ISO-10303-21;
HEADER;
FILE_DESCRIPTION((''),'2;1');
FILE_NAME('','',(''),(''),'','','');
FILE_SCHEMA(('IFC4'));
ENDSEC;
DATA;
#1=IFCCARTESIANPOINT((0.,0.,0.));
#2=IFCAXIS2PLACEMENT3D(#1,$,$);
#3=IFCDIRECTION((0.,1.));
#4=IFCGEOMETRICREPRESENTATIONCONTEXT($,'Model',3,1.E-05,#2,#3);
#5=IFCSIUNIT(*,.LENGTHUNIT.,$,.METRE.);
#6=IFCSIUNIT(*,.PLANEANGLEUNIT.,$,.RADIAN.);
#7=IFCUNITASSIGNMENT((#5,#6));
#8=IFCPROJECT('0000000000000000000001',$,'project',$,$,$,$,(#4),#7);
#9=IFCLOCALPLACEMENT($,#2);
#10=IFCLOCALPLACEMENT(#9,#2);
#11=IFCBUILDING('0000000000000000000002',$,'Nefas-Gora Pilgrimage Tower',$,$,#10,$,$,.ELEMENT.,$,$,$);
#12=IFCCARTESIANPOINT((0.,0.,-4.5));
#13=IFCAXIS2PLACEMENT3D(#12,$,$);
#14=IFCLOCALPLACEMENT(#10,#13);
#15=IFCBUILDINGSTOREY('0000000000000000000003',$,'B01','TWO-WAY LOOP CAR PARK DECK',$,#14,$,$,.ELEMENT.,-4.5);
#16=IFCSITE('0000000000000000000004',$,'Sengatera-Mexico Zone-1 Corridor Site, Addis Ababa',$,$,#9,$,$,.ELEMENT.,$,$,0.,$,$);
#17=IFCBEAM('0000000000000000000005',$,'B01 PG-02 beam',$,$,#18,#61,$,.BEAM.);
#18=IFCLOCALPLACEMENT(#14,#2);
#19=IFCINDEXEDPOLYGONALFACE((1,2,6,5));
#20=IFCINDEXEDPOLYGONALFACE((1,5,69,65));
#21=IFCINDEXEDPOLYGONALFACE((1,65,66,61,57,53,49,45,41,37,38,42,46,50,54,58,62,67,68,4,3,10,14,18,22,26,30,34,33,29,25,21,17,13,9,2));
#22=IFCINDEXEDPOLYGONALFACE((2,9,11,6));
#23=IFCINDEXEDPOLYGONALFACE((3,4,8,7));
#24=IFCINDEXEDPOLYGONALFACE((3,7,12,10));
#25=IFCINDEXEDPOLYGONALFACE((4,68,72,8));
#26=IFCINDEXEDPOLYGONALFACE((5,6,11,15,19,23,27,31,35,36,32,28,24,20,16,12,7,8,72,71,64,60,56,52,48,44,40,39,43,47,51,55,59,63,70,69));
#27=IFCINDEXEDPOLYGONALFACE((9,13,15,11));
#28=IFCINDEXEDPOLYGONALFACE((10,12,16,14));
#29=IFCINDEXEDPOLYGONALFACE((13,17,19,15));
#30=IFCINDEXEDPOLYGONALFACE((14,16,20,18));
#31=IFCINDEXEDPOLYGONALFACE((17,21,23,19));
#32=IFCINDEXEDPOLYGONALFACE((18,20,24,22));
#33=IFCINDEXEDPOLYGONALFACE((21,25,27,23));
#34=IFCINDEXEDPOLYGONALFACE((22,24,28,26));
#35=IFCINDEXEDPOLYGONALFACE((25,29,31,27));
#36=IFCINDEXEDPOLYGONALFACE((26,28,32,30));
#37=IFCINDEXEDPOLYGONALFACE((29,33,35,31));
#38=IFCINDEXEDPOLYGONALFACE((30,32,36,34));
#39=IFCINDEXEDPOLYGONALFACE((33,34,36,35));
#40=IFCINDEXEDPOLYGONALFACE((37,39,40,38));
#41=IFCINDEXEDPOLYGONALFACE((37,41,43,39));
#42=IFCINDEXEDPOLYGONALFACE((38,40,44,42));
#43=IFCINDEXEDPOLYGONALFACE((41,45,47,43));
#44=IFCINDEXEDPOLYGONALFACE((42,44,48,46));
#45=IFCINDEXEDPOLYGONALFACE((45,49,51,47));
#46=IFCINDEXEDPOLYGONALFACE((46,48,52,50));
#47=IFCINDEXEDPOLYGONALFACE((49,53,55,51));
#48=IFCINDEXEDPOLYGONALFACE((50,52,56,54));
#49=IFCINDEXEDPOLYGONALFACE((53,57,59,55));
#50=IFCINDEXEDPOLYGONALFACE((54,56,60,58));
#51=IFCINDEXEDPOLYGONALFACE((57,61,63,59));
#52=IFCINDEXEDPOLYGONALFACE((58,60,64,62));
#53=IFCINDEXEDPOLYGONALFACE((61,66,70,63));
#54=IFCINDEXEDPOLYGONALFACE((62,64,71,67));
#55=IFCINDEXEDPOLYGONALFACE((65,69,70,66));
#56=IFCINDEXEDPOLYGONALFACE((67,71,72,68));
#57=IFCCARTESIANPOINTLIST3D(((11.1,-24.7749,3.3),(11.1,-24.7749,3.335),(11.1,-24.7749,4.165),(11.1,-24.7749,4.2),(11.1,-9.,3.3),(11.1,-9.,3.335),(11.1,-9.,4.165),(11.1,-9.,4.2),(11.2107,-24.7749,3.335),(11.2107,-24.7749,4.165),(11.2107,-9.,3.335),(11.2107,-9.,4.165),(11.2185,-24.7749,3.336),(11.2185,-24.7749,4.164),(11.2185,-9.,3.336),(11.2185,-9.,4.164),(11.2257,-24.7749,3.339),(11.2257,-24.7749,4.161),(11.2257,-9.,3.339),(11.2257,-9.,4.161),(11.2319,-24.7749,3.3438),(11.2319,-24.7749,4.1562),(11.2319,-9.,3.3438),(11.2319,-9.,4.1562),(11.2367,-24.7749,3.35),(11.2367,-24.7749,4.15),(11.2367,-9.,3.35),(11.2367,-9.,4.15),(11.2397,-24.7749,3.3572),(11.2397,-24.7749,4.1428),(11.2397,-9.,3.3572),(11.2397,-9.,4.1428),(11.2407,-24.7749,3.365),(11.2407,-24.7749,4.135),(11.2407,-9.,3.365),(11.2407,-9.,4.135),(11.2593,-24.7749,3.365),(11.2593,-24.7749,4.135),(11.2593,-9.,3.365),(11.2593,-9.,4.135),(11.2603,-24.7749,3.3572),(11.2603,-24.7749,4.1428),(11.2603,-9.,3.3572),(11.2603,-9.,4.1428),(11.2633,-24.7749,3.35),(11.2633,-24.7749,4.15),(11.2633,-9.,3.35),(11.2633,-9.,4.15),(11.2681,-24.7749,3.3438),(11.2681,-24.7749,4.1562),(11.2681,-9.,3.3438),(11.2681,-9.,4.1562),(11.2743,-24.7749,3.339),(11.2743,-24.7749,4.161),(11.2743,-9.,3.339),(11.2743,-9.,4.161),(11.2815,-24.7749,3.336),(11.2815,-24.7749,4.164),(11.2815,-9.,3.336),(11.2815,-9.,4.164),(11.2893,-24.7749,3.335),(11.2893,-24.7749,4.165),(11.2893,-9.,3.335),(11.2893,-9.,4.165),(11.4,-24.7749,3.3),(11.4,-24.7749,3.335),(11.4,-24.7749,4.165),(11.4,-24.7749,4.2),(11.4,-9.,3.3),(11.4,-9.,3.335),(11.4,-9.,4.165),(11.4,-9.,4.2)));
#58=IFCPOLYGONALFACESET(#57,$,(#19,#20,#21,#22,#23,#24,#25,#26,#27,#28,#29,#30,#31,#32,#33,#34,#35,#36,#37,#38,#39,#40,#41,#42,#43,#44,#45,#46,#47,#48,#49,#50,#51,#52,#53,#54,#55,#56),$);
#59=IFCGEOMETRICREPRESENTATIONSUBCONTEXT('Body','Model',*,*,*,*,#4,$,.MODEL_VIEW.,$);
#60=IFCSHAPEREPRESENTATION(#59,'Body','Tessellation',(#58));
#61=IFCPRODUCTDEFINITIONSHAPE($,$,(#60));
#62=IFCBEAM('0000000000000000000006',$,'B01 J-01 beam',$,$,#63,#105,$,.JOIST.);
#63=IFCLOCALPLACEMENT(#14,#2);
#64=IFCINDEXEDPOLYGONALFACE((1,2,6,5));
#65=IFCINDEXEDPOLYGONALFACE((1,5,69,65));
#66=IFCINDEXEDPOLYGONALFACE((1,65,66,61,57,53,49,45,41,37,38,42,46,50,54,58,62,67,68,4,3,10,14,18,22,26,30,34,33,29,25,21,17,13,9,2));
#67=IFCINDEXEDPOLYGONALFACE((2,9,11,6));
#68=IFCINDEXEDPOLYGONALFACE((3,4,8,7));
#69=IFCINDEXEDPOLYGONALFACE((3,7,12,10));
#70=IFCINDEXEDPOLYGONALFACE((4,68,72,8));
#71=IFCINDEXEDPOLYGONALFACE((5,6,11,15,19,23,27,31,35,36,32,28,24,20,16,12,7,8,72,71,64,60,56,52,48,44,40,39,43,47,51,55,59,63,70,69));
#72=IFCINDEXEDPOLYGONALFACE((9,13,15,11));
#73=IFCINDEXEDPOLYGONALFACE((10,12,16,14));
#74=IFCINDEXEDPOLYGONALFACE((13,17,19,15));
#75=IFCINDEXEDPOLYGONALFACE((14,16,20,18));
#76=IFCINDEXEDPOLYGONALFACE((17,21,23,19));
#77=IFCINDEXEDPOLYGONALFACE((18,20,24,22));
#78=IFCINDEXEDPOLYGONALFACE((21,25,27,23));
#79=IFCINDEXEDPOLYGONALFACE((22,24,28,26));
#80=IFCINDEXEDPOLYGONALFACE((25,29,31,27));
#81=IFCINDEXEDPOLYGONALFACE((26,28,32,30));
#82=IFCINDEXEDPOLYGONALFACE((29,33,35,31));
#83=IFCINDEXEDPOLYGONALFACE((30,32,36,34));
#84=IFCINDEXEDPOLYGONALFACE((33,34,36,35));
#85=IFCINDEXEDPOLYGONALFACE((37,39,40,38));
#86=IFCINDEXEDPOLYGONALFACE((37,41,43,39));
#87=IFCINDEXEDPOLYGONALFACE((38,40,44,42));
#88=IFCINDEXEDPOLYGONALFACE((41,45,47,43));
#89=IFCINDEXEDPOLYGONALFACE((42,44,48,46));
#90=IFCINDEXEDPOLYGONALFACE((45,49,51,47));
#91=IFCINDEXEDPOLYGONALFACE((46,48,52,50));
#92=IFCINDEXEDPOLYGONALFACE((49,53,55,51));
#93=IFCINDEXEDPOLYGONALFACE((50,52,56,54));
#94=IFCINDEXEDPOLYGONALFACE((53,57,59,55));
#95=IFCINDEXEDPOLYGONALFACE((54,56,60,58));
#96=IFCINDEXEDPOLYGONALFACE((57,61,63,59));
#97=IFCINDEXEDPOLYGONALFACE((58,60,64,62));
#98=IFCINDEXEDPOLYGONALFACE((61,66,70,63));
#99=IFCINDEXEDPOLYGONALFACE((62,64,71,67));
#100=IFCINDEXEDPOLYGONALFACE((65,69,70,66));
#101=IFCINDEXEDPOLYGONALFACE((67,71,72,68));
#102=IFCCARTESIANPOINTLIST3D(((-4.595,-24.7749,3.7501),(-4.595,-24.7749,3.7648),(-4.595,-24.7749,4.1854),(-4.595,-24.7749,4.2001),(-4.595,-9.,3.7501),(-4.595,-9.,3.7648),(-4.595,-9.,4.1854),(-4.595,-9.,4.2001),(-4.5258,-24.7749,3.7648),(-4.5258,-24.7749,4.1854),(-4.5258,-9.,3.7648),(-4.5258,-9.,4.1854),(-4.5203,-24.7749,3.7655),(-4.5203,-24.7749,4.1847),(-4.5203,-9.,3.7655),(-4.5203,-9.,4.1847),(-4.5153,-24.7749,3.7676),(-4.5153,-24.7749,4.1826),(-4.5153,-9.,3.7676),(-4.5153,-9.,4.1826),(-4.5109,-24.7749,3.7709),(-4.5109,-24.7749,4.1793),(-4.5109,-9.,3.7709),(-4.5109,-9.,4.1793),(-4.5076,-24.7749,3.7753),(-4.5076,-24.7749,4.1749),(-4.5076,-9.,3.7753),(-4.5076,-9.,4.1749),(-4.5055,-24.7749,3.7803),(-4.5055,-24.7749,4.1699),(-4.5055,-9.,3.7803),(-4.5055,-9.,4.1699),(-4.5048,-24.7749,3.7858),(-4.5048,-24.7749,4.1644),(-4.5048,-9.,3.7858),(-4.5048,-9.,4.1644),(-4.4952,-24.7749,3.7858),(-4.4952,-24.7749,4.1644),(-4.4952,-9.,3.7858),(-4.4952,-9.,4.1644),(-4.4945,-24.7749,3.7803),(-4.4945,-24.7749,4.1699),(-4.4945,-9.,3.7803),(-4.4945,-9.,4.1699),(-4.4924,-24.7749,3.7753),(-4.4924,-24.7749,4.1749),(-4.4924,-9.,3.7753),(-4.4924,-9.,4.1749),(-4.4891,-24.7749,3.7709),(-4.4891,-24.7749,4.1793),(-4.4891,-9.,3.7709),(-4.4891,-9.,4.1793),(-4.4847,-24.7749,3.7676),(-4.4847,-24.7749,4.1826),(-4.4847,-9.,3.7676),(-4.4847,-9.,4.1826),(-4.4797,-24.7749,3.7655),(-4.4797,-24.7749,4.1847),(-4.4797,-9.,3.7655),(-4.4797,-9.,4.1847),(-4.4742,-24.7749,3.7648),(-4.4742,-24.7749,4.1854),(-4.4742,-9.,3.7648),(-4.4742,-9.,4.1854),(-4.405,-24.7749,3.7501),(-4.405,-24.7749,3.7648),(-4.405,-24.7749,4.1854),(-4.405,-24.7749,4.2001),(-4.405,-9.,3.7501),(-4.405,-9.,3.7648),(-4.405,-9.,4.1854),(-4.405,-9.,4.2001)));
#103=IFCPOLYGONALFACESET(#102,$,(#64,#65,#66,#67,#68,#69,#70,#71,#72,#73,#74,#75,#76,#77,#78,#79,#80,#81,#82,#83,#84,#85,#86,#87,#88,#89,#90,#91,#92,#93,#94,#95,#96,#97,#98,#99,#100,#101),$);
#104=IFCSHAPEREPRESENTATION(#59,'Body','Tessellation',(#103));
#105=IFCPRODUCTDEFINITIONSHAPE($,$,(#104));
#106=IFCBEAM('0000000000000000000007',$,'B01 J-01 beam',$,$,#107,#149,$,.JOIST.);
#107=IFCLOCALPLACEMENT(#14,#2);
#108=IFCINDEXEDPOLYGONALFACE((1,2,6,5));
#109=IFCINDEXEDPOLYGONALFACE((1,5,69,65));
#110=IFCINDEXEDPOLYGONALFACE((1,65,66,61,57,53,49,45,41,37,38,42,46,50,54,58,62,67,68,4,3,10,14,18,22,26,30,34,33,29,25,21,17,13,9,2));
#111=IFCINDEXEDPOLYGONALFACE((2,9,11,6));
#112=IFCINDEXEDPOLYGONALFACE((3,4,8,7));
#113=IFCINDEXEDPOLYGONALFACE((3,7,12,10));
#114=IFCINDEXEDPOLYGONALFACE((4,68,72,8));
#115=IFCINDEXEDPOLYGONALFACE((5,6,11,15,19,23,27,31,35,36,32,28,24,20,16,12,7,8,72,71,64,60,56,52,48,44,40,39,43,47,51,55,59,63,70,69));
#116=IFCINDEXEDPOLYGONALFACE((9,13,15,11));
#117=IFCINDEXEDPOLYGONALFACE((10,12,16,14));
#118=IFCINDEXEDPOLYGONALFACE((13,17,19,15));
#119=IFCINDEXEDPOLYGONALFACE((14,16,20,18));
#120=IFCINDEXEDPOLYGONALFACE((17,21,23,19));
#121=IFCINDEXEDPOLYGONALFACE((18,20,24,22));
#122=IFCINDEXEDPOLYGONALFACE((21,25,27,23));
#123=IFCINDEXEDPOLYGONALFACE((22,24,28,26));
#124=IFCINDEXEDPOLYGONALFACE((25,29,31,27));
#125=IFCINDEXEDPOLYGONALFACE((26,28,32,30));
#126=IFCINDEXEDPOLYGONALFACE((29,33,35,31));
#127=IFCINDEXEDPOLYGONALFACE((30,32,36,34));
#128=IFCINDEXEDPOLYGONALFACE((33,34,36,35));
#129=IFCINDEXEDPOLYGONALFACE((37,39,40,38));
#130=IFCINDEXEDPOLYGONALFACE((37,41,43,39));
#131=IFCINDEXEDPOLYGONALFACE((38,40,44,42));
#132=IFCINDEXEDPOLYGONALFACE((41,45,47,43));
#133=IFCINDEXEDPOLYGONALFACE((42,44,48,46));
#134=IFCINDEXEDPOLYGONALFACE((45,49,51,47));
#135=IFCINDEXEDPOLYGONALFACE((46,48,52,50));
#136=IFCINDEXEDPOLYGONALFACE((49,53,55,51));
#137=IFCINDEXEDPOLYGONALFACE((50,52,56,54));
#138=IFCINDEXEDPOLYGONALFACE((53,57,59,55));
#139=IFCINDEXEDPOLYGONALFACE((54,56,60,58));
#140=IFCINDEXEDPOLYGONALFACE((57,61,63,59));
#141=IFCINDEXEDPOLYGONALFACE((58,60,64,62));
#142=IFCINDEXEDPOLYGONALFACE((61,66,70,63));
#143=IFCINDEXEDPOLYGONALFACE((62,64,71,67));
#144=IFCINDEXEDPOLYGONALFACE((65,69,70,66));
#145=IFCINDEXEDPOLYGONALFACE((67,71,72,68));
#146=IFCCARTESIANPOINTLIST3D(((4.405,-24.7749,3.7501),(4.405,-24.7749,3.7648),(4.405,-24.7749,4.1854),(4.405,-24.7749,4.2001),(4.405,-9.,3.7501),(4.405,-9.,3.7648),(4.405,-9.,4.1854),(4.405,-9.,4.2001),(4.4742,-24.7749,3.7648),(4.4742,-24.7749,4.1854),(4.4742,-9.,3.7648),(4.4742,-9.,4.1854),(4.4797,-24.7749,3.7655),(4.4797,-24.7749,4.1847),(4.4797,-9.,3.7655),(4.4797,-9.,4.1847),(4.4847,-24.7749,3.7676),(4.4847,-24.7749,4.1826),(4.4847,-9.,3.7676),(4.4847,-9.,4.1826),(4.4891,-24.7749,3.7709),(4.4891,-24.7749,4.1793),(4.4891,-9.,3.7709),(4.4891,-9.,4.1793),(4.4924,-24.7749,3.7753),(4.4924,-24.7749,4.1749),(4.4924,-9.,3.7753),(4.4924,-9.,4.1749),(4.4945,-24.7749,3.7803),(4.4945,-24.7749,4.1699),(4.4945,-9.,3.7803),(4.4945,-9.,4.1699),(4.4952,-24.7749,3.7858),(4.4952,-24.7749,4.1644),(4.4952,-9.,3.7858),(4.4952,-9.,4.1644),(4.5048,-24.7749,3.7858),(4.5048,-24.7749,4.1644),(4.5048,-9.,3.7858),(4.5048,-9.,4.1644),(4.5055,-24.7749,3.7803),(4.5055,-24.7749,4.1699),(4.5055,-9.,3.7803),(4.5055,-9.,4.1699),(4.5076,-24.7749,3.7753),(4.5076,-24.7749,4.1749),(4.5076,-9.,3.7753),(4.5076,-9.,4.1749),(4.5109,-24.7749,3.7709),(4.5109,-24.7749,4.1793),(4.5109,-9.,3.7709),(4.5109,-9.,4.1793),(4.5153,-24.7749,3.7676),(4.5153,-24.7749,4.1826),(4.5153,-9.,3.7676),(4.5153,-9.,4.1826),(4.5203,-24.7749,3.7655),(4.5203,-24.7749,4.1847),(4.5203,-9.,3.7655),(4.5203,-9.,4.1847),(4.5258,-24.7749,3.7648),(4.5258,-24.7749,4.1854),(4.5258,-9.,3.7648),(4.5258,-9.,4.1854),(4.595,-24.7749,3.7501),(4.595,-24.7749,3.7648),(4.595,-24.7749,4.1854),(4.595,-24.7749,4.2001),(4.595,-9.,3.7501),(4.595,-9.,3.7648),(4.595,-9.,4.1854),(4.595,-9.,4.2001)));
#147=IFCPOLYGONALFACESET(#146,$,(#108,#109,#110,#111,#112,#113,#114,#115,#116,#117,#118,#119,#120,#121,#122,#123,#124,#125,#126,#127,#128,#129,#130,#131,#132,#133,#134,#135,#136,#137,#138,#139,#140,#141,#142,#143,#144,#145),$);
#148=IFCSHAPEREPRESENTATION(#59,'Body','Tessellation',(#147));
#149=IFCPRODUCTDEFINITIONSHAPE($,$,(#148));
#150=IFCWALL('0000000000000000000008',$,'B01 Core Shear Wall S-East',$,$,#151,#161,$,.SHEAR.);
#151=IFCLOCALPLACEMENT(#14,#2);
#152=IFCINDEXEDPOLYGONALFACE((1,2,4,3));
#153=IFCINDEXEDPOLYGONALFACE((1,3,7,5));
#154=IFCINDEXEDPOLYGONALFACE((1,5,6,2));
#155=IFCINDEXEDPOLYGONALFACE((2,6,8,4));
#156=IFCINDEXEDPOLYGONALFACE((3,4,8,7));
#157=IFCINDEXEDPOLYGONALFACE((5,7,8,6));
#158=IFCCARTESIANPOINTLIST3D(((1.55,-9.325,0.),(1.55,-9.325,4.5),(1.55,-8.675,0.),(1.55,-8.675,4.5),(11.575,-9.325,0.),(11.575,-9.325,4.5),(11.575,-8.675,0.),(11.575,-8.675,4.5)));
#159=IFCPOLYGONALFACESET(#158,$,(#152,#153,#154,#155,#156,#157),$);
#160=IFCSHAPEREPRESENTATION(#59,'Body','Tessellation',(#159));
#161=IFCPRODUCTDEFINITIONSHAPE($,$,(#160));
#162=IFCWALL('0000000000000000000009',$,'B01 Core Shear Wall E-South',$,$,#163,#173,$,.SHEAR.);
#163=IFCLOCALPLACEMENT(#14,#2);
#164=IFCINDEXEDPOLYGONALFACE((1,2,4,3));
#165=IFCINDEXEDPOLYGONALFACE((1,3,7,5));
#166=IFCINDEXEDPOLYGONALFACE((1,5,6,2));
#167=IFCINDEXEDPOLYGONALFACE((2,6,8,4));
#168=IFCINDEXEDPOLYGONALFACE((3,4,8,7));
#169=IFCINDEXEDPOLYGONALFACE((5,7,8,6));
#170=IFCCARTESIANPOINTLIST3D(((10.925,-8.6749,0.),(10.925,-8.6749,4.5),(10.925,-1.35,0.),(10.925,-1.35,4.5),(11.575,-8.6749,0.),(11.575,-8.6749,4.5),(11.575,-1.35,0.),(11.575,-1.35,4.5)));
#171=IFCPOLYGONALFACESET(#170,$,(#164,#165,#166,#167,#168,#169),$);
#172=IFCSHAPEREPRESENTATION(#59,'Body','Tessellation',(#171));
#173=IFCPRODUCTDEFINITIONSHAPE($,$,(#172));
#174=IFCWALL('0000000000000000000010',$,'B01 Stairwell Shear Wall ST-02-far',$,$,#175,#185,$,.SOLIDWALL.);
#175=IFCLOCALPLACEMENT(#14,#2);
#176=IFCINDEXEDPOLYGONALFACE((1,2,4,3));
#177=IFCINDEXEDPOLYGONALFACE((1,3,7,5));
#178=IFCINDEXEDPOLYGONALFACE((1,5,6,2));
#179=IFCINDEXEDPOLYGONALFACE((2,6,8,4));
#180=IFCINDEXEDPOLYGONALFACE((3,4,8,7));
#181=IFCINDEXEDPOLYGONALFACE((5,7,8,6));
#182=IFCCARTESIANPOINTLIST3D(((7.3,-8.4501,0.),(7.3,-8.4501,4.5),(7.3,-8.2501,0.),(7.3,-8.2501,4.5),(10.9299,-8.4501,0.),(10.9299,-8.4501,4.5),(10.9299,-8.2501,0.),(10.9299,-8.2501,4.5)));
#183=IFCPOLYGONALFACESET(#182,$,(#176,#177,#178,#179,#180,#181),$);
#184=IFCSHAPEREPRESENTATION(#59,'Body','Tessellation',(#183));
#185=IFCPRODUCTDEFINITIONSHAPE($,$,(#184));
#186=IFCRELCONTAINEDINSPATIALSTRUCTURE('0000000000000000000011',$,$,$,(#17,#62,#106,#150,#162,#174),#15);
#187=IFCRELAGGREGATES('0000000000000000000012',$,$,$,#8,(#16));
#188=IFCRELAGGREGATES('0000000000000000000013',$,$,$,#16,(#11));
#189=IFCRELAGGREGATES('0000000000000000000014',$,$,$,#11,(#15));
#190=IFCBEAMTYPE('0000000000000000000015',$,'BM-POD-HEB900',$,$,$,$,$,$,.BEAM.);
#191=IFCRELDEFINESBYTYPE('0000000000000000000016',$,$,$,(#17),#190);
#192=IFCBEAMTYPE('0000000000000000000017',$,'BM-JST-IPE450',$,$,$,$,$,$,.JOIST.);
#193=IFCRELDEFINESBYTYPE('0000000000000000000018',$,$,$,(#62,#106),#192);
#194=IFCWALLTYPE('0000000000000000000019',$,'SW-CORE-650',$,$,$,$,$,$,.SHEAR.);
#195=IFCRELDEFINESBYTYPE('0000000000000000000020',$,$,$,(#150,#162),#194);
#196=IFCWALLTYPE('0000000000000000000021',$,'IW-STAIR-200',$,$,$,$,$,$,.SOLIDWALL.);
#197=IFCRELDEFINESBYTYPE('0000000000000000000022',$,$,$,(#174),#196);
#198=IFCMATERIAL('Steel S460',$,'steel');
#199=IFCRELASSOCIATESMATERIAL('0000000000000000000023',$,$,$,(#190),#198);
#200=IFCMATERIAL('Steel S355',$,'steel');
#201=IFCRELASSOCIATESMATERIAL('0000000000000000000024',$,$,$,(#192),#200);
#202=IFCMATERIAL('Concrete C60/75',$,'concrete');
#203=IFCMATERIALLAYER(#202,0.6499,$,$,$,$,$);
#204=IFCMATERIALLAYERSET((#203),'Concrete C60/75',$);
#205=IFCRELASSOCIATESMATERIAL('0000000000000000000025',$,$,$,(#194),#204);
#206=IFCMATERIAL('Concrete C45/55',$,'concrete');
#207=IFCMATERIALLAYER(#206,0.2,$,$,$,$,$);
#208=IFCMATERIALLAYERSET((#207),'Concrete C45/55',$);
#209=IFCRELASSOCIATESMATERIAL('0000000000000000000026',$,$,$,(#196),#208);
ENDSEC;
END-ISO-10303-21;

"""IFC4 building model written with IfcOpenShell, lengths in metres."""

from ifc_helpers import new_model, si_unit, direction, frame, frame_2d, origin, origin_2d, place, context, subcontext, project, spatial, rectangle, i_section, extrude, source, transform, mapped, material, layer, layer_set, material_profile, profile_set, type_object, element, save


model = new_model("IFC4")

# Units and contexts
model_context = context("Model", 3, precision=1e-05, world=origin(), true_north=direction((0.0, 1.0)))
body_context = subcontext(model_context, "Body", "Model", "MODEL_VIEW")
ifc_project = project(units=[si_unit("LENGTHUNIT", "METRE"), si_unit("PLANEANGLEUNIT", "RADIAN")], contexts=[model_context])

# Site, building, storey
site_placement = place(None, origin())
site = spatial("IfcSite", under=ifc_project, at=site_placement, Name="Sengatera-Mexico Zone-1 Corridor Site, Addis Ababa", CompositionType="ELEMENT", RefElevation=0.0)
building_placement = place(site_placement, origin())
building = spatial("IfcBuilding", under=site, at=building_placement, Name="Nefas-Gora Pilgrimage Tower", CompositionType="ELEMENT")
storey_placement = place(building_placement, frame((0.0, 0.0, -4.5)))
storey = spatial("IfcBuildingStorey", under=building, at=storey_placement, Name="B01", Description="TWO-WAY LOOP CAR PARK DECK", CompositionType="ELEMENT", Elevation=-4.5)

# Shared definitions
ifc_material_1 = material(Name="Steel S460", Category="steel")
ifc_material_2 = material(Name="Concrete C60/75", Category="concrete")

# Beams
ifc_material_profile_1 = material_profile(ifc_material_1, i_section(OverallWidth=0.3, OverallDepth=0.8999, WebThickness=0.0186, FlangeThickness=0.0349, FilletRadius=0.03, at=origin_2d()), Name="HEB 900")
ifc_profile_set_1 = profile_set([ifc_material_profile_1], Name="Steel S460")
beam_type_1 = type_object("IfcBeamType", Name="BM-POD-HEB900", PredefinedType="BEAM", material=ifc_profile_set_1)
shared_shape_1 = source(origin(), body_context, "Body", "SweptSolid", [
    extrude(i_section(OverallWidth=0.3, OverallDepth=0.8999, WebThickness=0.0186, FlangeThickness=0.0349, FilletRadius=0.03, at=origin_2d()), origin(), (0.0, 0.0, 1.0), 15.7749),
])
beam_1_placement = place(storey_placement, frame((11.25, -24.7749, 3.75), z_axis=(0.0, 1.0, 0.0), x_axis=(-1.0, 0.0, 0.0)))
element("IfcBeam", 1, at=beam_1_placement, inside=storey, type_object=beam_type_1, Name="B01 PG-02 beam", PredefinedType="BEAM", context=body_context, shape_type="MappedRepresentation", body=[
    mapped(shared_shape_1, transform((0.0, 0.0, 0.0), x_axis=(1.0, 0.0, 0.0), y_axis=(0.0, 1.0, 0.0), z_axis=(0.0, 0.0, 1.0), scale=1.0)),
])
ifc_material_3 = material(Name="Steel S355", Category="steel")
ifc_material_profile_2 = material_profile(ifc_material_3, i_section(OverallWidth=0.1899, OverallDepth=0.45, WebThickness=0.0095, FlangeThickness=0.0146, FilletRadius=0.021, at=origin_2d()), Name="IPE 450")
ifc_profile_set_2 = profile_set([ifc_material_profile_2], Name="Steel S355")
beam_type_2 = type_object("IfcBeamType", Name="BM-JST-IPE450", PredefinedType="JOIST", material=ifc_profile_set_2)
shared_shape_2 = source(origin(), body_context, "Body", "SweptSolid", [
    extrude(i_section(OverallWidth=0.1899, OverallDepth=0.45, WebThickness=0.0095, FlangeThickness=0.0146, FilletRadius=0.021, at=origin_2d()), origin(), (0.0, 0.0, 1.0), 15.7749),
])
for number, where, z_axis, x_axis, name in (
    (2, (-4.5, -24.7749, 3.9751), (0.0, 1.0, 0.0), (-1.0, 0.0, 0.0), "B01 J-01 beam"),
    (3, (4.5, -24.7749, 3.9751), (0.0, 1.0, 0.0), (-1.0, 0.0, 0.0), "B01 J-01 beam"),
):
    element("IfcBeam", number, at=place(storey_placement, frame(where, z_axis=z_axis, x_axis=x_axis)), inside=storey, type_object=beam_type_2, Name=name, PredefinedType="JOIST", context=body_context, shape_type="MappedRepresentation", body=[
        mapped(shared_shape_2, transform((0.0, 0.0, 0.0), x_axis=(1.0, 0.0, 0.0), y_axis=(0.0, 1.0, 0.0), z_axis=(0.0, 0.0, 1.0), scale=1.0)),
    ])

# Walls
ifc_layer_1 = layer(ifc_material_2, 0.6499)
ifc_layer_set_1 = layer_set([ifc_layer_1], Name="Concrete C60/75")
wall_type_1 = type_object("IfcWallType", Name="SW-CORE-650", PredefinedType="SHEAR", material=ifc_layer_set_1)
shared_shape_3 = source(origin(), body_context, "Body", "SweptSolid", [
    extrude(rectangle(XDim=10.0249, YDim=0.6499, at=frame_2d((5.0125, 0.0))), origin(), (0.0, 0.0, 1.0), 4.5),
])
wall_1_placement = place(storey_placement, frame((1.55, -9.0, 0.0), z_axis=(0.0, 0.0, 1.0), x_axis=(1.0, 0.0, 0.0)))
element("IfcWall", 4, at=wall_1_placement, inside=storey, type_object=wall_type_1, Name="B01 Core Shear Wall S-East", PredefinedType="SHEAR", context=body_context, shape_type="MappedRepresentation", body=[
    mapped(shared_shape_3, transform((0.0, 0.0, 0.0), x_axis=(1.0, 0.0, 0.0), y_axis=(0.0, 1.0, 0.0), z_axis=(0.0, 0.0, 1.0), scale=1.0)),
])
shared_shape_4 = source(origin(), body_context, "Body", "SweptSolid", [
    extrude(rectangle(XDim=7.325, YDim=0.6499, at=frame_2d((3.6626, 0.0))), origin(), (0.0, 0.0, 1.0), 4.5),
])
wall_2_placement = place(storey_placement, frame((11.25, -8.675, 0.0), z_axis=(0.0, 0.0, 1.0), x_axis=(0.0, 1.0, 0.0)))
element("IfcWall", 5, at=wall_2_placement, inside=storey, type_object=wall_type_1, Name="B01 Core Shear Wall E-South", PredefinedType="SHEAR", context=body_context, shape_type="MappedRepresentation", body=[
    mapped(shared_shape_4, transform((0.0, 0.0, 0.0), x_axis=(1.0, 0.0, 0.0), y_axis=(0.0, 1.0, 0.0), z_axis=(0.0, 0.0, 1.0), scale=1.0)),
])
ifc_material_4 = material(Name="Concrete C45/55", Category="concrete")
ifc_layer_2 = layer(ifc_material_4, 0.2)
ifc_layer_set_2 = layer_set([ifc_layer_2], Name="Concrete C45/55")
wall_type_2 = type_object("IfcWallType", Name="IW-STAIR-200", PredefinedType="SOLIDWALL", material=ifc_layer_set_2)
shared_shape_5 = source(origin(), body_context, "Body", "SweptSolid", [
    extrude(rectangle(XDim=3.6299, YDim=0.2, at=frame_2d((1.8149, 0.0))), origin(), (0.0, 0.0, 1.0), 4.5),
])
wall_3_placement = place(storey_placement, frame((7.3, -8.3501, 0.0), z_axis=(0.0, 0.0, 1.0), x_axis=(1.0, 0.0, 0.0)))
element("IfcWall", 6, at=wall_3_placement, inside=storey, type_object=wall_type_2, Name="B01 Stairwell Shear Wall ST-02-far", PredefinedType="SOLIDWALL", context=body_context, shape_type="MappedRepresentation", body=[
    mapped(shared_shape_5, transform((0.0, 0.0, 0.0), x_axis=(1.0, 0.0, 0.0), y_axis=(0.0, 1.0, 0.0), z_axis=(0.0, 0.0, 1.0), scale=1.0)),
])

save(model, "model.ifc")
